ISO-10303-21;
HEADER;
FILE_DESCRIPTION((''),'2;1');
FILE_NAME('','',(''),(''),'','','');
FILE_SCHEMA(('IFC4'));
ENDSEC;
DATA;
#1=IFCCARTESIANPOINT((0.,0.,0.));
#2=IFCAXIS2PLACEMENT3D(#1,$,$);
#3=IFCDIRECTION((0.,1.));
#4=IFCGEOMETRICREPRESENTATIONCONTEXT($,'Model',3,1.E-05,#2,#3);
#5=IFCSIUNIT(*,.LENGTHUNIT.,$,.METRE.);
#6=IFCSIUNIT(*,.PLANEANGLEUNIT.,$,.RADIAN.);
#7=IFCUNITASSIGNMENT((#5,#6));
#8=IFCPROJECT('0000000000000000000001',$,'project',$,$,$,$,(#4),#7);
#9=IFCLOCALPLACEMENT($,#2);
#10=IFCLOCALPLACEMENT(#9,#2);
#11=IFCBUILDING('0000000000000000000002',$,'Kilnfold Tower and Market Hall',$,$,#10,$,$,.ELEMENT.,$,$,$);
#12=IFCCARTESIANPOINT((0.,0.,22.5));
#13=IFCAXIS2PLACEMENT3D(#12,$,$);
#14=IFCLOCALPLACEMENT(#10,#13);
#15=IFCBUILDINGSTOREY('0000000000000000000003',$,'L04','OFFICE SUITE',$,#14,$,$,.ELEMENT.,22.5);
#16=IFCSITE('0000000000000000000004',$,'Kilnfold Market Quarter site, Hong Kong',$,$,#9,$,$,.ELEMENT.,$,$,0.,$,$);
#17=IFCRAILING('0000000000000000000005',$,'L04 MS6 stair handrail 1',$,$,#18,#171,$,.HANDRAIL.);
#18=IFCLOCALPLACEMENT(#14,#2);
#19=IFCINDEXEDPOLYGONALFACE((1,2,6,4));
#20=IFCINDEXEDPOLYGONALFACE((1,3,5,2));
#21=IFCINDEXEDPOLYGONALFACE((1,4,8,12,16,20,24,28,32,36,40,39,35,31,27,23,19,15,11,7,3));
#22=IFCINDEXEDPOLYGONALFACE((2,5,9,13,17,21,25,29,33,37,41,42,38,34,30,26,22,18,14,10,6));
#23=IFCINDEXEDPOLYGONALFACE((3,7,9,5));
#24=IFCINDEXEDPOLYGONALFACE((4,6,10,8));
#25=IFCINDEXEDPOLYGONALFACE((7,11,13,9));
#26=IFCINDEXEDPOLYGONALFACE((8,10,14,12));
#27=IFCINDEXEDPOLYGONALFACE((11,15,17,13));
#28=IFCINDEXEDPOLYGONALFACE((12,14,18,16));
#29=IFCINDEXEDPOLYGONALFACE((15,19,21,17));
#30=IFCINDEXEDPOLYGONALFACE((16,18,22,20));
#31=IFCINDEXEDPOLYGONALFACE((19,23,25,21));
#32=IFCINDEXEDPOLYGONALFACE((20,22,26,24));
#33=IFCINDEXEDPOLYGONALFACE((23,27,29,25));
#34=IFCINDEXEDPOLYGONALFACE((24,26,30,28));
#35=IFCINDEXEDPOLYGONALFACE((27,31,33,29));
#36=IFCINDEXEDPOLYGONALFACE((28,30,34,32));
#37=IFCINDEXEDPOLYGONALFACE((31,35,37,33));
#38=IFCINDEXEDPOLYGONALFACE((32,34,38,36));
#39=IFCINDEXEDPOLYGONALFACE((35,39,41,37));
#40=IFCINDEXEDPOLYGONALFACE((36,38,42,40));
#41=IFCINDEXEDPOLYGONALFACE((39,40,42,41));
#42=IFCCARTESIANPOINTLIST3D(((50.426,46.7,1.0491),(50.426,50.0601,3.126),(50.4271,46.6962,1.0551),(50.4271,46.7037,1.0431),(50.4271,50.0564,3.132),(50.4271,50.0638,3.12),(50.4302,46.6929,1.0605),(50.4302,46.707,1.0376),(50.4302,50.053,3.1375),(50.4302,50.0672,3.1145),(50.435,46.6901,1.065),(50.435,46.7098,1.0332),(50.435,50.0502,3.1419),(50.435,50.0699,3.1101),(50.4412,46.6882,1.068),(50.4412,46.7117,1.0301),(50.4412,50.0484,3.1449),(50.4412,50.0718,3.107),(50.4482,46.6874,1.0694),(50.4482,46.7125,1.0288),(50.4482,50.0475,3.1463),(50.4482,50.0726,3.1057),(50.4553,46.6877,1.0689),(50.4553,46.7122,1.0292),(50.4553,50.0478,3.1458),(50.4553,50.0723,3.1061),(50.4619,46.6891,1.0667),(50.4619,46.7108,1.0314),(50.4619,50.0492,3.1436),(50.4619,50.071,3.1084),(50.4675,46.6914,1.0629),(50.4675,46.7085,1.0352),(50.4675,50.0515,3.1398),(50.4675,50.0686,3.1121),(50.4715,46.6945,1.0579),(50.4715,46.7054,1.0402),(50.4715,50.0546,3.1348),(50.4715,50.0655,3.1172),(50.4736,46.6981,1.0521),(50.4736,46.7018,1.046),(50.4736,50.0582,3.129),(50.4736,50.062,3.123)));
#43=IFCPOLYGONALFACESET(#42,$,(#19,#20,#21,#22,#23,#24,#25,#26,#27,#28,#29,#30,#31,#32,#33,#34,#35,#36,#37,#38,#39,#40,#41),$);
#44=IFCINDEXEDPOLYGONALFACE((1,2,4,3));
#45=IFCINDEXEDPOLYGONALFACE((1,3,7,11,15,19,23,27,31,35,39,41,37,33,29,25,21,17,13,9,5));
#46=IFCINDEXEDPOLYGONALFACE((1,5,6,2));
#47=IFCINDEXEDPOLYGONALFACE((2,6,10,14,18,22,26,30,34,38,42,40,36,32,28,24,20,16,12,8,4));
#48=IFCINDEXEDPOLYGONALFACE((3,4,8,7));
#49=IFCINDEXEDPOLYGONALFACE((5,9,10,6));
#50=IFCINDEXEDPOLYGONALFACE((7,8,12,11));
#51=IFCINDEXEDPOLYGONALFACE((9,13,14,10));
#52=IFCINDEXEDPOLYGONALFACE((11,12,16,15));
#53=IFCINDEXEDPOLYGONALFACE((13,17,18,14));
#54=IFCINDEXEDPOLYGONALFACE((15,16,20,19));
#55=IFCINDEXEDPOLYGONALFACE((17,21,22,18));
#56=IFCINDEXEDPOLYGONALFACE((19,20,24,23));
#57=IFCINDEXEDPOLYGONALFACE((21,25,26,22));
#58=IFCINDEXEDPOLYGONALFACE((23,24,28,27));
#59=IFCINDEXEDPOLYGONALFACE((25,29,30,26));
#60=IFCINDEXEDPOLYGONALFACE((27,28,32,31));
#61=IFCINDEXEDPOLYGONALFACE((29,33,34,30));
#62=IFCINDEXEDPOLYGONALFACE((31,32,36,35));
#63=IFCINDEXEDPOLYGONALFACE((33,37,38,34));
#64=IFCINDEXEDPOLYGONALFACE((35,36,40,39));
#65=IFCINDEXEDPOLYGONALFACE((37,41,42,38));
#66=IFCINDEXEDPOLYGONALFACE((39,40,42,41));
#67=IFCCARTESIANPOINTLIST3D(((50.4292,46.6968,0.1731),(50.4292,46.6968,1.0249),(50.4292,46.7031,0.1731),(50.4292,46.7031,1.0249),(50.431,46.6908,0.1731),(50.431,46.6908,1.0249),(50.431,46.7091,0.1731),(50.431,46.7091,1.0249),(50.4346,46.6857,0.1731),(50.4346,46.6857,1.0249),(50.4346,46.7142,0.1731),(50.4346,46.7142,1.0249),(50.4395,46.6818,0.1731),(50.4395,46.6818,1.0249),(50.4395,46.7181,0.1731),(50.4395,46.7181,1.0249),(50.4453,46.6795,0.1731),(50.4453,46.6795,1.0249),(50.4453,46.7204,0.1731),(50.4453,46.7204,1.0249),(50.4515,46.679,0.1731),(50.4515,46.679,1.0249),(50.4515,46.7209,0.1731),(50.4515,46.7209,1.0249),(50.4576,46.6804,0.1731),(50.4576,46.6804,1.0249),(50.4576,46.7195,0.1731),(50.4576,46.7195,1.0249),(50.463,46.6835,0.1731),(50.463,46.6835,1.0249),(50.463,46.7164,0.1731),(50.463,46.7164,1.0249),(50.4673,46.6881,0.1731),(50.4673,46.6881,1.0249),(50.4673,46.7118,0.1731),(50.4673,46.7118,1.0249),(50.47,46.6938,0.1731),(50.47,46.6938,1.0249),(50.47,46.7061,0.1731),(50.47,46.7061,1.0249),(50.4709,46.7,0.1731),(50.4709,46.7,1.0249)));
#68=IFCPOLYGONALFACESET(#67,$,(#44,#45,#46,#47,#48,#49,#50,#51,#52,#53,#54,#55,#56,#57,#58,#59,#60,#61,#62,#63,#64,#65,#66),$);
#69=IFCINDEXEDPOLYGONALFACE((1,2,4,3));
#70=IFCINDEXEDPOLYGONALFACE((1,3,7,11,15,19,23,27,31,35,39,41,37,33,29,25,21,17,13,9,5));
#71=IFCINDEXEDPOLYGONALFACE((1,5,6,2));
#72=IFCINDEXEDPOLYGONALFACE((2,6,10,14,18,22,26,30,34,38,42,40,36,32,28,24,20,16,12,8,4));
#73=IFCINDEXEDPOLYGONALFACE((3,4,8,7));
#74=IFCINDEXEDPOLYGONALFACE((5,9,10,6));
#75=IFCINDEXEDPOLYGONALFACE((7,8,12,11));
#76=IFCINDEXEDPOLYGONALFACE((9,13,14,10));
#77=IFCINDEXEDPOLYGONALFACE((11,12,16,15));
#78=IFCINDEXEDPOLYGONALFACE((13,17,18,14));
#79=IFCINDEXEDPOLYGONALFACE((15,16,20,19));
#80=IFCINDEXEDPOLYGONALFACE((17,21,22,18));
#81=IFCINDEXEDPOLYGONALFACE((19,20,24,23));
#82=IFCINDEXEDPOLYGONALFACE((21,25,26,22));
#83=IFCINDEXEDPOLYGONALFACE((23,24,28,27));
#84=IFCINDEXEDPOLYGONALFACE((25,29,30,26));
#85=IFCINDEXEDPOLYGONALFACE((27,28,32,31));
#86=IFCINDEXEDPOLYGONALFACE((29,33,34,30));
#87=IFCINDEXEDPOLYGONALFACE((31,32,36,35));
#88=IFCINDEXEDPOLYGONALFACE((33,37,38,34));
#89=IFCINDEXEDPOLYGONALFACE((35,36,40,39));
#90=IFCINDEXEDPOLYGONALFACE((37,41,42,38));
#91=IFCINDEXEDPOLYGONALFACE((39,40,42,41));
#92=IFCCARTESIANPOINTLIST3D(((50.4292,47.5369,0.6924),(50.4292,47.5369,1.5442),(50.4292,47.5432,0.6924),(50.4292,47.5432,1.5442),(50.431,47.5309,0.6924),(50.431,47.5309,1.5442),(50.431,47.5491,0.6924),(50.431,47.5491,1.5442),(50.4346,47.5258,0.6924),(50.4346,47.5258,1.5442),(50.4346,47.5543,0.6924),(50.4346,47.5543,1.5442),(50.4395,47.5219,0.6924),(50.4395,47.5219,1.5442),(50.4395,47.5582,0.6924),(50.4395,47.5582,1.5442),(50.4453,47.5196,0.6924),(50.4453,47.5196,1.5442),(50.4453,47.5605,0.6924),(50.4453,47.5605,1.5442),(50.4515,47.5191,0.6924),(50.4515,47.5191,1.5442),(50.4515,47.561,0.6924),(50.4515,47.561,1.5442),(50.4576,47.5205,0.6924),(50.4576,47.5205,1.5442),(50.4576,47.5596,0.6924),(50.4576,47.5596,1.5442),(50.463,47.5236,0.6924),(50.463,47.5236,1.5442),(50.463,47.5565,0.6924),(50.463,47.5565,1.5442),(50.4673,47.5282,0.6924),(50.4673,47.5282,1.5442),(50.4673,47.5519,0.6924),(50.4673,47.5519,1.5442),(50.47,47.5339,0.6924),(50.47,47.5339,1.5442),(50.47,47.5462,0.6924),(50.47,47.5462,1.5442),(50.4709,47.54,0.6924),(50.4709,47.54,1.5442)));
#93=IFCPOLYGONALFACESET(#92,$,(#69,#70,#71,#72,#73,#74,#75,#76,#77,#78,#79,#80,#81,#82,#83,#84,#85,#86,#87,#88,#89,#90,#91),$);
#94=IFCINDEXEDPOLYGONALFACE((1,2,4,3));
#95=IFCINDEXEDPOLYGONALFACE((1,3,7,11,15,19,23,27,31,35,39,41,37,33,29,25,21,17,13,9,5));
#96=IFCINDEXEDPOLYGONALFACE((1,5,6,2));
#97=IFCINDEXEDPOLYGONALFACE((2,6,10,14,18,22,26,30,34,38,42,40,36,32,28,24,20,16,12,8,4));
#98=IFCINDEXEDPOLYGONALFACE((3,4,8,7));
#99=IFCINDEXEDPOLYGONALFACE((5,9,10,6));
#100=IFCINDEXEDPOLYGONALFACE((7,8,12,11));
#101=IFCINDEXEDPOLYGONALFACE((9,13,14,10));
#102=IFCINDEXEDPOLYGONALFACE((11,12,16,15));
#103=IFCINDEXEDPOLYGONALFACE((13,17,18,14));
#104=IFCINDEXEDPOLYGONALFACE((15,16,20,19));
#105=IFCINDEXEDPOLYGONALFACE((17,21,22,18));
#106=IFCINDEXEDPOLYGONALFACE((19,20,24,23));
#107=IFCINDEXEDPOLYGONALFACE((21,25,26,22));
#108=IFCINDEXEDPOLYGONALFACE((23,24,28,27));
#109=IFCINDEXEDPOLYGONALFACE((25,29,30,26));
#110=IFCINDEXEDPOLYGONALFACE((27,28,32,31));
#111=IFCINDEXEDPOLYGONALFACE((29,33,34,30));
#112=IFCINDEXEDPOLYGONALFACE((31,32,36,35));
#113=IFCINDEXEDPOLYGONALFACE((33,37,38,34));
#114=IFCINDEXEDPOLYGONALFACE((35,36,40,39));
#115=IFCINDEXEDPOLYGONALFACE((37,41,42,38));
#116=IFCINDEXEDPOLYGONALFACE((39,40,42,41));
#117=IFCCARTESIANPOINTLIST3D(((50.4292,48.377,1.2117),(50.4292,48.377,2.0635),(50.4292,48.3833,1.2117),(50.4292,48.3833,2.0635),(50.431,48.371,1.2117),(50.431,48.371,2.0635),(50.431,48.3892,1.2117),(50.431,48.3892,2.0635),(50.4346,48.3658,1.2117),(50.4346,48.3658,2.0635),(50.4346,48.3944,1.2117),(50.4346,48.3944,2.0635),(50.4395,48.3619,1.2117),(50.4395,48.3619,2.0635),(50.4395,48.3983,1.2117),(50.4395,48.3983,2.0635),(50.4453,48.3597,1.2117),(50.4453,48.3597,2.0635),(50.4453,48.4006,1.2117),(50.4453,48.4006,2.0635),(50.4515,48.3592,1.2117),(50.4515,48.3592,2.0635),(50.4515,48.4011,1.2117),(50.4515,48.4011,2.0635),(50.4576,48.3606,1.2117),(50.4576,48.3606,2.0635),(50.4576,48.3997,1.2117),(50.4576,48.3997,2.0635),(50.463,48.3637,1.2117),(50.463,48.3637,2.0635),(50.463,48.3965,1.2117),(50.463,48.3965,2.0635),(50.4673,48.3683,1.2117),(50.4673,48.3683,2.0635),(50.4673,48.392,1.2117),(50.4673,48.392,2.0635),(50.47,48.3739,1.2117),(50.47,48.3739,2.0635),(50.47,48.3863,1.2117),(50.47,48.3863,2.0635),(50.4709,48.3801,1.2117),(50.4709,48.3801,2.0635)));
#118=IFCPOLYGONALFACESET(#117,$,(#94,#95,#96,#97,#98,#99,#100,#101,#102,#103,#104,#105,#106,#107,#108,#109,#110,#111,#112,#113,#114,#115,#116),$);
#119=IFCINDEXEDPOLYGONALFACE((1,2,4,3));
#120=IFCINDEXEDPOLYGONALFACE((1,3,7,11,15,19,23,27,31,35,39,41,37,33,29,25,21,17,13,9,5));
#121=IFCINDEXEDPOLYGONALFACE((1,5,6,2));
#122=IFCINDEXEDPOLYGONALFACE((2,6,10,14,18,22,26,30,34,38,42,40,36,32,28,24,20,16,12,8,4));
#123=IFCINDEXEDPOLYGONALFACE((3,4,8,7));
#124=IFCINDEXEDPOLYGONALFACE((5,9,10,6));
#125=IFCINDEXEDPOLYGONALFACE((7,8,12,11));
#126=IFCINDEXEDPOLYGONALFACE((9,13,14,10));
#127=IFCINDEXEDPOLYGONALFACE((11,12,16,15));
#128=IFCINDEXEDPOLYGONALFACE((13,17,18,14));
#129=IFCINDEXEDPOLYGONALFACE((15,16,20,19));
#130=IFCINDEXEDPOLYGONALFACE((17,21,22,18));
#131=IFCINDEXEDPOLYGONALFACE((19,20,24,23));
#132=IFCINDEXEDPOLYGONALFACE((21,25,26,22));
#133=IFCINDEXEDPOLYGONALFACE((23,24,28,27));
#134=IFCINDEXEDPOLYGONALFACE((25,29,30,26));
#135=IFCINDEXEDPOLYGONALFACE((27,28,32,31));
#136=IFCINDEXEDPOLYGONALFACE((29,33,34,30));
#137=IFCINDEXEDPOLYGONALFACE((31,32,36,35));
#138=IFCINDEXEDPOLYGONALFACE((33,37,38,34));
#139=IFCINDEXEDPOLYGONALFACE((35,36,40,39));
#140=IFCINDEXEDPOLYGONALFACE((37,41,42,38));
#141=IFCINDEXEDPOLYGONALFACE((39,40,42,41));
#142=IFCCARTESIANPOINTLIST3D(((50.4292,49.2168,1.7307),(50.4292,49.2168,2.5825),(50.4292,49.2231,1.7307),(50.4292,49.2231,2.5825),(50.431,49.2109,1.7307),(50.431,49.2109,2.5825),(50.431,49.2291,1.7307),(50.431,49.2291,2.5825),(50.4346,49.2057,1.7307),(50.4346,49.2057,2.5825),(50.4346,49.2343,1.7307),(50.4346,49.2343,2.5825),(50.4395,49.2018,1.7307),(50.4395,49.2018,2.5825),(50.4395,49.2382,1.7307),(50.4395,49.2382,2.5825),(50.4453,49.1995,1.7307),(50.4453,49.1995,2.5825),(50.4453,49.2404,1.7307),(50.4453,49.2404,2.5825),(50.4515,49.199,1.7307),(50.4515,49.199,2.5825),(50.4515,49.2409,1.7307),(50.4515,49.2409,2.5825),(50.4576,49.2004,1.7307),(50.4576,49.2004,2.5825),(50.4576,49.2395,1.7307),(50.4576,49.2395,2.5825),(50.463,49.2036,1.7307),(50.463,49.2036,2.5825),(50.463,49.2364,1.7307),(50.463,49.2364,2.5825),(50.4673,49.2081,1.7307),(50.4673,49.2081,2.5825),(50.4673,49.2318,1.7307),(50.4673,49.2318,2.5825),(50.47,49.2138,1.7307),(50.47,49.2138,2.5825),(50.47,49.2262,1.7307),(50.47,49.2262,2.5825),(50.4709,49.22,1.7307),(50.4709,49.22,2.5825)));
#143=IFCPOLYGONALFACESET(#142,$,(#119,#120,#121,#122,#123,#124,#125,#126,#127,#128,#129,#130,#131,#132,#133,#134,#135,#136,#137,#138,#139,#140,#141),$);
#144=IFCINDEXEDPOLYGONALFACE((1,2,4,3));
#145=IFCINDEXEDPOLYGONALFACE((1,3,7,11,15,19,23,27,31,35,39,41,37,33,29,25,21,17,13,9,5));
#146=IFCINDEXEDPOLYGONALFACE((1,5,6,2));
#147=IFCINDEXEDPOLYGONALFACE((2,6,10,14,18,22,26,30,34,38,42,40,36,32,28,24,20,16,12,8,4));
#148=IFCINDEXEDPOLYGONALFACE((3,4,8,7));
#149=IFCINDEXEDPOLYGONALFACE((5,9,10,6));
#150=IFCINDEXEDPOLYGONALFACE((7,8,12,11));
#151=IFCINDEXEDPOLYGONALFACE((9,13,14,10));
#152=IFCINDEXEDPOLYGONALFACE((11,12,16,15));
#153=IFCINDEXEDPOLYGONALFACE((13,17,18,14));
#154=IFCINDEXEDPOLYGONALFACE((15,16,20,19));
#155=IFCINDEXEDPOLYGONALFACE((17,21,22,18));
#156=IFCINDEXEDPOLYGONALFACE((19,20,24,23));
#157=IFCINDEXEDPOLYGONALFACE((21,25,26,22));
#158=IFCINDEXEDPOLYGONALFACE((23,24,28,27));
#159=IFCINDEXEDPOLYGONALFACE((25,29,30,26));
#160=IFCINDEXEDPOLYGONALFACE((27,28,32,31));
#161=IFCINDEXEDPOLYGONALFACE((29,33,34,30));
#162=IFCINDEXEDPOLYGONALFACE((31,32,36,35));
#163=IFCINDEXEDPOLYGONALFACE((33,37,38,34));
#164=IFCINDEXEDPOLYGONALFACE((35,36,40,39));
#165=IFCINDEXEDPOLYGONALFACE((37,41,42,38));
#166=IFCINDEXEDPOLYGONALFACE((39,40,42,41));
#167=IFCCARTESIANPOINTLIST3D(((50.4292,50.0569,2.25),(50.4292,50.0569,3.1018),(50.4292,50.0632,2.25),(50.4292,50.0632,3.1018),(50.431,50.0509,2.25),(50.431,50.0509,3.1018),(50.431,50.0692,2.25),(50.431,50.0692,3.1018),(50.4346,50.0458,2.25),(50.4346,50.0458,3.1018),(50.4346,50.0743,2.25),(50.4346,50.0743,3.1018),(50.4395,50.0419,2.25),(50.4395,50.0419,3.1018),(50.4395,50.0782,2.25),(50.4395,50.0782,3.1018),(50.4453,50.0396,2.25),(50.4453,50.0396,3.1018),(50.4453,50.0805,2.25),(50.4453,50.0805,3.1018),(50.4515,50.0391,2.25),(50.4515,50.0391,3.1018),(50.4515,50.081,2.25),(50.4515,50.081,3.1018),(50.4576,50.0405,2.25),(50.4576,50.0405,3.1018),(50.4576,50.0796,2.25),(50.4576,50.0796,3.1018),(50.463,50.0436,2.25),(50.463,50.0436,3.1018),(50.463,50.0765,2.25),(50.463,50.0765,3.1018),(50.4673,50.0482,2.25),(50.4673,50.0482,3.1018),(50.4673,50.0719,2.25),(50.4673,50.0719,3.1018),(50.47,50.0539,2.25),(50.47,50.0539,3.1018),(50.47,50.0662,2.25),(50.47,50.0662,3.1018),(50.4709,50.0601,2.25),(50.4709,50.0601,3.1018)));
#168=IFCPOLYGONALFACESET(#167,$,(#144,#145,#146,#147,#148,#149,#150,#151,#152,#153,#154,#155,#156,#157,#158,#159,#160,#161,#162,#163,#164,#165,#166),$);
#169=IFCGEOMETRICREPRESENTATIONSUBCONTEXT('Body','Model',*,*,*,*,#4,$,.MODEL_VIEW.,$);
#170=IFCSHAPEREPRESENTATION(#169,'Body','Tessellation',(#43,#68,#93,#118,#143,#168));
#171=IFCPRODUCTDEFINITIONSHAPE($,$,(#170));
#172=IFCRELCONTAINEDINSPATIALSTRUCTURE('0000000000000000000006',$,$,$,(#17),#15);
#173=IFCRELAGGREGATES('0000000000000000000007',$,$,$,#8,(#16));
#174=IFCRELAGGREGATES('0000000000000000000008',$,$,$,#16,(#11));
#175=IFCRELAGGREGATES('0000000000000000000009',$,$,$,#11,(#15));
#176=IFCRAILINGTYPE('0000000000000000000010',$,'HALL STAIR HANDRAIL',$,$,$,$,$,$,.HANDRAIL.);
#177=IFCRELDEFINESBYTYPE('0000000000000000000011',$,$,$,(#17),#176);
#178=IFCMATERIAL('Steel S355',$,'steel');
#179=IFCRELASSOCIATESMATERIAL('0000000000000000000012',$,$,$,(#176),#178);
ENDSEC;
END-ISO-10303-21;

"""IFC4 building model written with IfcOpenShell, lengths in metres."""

from ifc_helpers import new_model, si_unit, direction, frame, origin, origin_2d, place, context, subcontext, project, spatial, circle, extrude, material, type_object, element, save


model = new_model("IFC4")

# Units and contexts
model_context = context("Model", 3, precision=1e-05, world=origin(), true_north=direction((0.0, 1.0)))
body_context = subcontext(model_context, "Body", "Model", "MODEL_VIEW")
ifc_project = project(units=[si_unit("LENGTHUNIT", "METRE"), si_unit("PLANEANGLEUNIT", "RADIAN")], contexts=[model_context])

# Site, building, storey
site_placement = place(None, origin())
site = spatial("IfcSite", under=ifc_project, at=site_placement, Name="Kilnfold Market Quarter site, Hong Kong", CompositionType="ELEMENT", RefElevation=0.0)
building_placement = place(site_placement, origin())
building = spatial("IfcBuilding", under=site, at=building_placement, Name="Kilnfold Tower and Market Hall", CompositionType="ELEMENT")
storey_placement = place(building_placement, frame((0.0, 0.0, 22.5)))
storey = spatial("IfcBuildingStorey", under=building, at=storey_placement, Name="L04", Description="OFFICE SUITE", CompositionType="ELEMENT", Elevation=22.5)

# Railing
ifc_material_1 = material(Name="Steel S355", Category="steel")
railing_type_1 = type_object("IfcRailingType", Name="HALL STAIR HANDRAIL", PredefinedType="HANDRAIL", material=ifc_material_1)
railing_1_placement = place(storey_placement, frame((50.45, 46.7, 0.1731)))
element("IfcRailing", 1, at=railing_1_placement, inside=storey, type_object=railing_type_1, Name="L04 MS6 stair handrail 1", PredefinedType="HANDRAIL", context=body_context, shape_type="SweptSolid", body=[
    extrude(circle(Radius=0.0239, at=origin_2d()), frame((0.0, 0.0, 0.876), z_axis=(0.0, 0.850623, 0.525776), x_axis=(-1.0, 0.0, 0.0)), (0.0, 0.0, 1.0), 3.9502),
    extrude(circle(Radius=0.021, at=origin_2d()), origin(), (0.0, 0.0, 1.0), 0.8518),
    extrude(circle(Radius=0.021, at=origin_2d()), frame((0.0, 0.8401, 0.5193)), (0.0, 0.0, 1.0), 0.8518),
    extrude(circle(Radius=0.021, at=origin_2d()), frame((0.0, 1.6802, 1.0386)), (0.0, 0.0, 1.0), 0.8518),
    extrude(circle(Radius=0.021, at=origin_2d()), frame((0.0, 2.52, 1.5576)), (0.0, 0.0, 1.0), 0.8518),
    extrude(circle(Radius=0.021, at=origin_2d()), frame((0.0, 3.3601, 2.0769)), (0.0, 0.0, 1.0), 0.8518),
])

save(model, "model.ifc")
